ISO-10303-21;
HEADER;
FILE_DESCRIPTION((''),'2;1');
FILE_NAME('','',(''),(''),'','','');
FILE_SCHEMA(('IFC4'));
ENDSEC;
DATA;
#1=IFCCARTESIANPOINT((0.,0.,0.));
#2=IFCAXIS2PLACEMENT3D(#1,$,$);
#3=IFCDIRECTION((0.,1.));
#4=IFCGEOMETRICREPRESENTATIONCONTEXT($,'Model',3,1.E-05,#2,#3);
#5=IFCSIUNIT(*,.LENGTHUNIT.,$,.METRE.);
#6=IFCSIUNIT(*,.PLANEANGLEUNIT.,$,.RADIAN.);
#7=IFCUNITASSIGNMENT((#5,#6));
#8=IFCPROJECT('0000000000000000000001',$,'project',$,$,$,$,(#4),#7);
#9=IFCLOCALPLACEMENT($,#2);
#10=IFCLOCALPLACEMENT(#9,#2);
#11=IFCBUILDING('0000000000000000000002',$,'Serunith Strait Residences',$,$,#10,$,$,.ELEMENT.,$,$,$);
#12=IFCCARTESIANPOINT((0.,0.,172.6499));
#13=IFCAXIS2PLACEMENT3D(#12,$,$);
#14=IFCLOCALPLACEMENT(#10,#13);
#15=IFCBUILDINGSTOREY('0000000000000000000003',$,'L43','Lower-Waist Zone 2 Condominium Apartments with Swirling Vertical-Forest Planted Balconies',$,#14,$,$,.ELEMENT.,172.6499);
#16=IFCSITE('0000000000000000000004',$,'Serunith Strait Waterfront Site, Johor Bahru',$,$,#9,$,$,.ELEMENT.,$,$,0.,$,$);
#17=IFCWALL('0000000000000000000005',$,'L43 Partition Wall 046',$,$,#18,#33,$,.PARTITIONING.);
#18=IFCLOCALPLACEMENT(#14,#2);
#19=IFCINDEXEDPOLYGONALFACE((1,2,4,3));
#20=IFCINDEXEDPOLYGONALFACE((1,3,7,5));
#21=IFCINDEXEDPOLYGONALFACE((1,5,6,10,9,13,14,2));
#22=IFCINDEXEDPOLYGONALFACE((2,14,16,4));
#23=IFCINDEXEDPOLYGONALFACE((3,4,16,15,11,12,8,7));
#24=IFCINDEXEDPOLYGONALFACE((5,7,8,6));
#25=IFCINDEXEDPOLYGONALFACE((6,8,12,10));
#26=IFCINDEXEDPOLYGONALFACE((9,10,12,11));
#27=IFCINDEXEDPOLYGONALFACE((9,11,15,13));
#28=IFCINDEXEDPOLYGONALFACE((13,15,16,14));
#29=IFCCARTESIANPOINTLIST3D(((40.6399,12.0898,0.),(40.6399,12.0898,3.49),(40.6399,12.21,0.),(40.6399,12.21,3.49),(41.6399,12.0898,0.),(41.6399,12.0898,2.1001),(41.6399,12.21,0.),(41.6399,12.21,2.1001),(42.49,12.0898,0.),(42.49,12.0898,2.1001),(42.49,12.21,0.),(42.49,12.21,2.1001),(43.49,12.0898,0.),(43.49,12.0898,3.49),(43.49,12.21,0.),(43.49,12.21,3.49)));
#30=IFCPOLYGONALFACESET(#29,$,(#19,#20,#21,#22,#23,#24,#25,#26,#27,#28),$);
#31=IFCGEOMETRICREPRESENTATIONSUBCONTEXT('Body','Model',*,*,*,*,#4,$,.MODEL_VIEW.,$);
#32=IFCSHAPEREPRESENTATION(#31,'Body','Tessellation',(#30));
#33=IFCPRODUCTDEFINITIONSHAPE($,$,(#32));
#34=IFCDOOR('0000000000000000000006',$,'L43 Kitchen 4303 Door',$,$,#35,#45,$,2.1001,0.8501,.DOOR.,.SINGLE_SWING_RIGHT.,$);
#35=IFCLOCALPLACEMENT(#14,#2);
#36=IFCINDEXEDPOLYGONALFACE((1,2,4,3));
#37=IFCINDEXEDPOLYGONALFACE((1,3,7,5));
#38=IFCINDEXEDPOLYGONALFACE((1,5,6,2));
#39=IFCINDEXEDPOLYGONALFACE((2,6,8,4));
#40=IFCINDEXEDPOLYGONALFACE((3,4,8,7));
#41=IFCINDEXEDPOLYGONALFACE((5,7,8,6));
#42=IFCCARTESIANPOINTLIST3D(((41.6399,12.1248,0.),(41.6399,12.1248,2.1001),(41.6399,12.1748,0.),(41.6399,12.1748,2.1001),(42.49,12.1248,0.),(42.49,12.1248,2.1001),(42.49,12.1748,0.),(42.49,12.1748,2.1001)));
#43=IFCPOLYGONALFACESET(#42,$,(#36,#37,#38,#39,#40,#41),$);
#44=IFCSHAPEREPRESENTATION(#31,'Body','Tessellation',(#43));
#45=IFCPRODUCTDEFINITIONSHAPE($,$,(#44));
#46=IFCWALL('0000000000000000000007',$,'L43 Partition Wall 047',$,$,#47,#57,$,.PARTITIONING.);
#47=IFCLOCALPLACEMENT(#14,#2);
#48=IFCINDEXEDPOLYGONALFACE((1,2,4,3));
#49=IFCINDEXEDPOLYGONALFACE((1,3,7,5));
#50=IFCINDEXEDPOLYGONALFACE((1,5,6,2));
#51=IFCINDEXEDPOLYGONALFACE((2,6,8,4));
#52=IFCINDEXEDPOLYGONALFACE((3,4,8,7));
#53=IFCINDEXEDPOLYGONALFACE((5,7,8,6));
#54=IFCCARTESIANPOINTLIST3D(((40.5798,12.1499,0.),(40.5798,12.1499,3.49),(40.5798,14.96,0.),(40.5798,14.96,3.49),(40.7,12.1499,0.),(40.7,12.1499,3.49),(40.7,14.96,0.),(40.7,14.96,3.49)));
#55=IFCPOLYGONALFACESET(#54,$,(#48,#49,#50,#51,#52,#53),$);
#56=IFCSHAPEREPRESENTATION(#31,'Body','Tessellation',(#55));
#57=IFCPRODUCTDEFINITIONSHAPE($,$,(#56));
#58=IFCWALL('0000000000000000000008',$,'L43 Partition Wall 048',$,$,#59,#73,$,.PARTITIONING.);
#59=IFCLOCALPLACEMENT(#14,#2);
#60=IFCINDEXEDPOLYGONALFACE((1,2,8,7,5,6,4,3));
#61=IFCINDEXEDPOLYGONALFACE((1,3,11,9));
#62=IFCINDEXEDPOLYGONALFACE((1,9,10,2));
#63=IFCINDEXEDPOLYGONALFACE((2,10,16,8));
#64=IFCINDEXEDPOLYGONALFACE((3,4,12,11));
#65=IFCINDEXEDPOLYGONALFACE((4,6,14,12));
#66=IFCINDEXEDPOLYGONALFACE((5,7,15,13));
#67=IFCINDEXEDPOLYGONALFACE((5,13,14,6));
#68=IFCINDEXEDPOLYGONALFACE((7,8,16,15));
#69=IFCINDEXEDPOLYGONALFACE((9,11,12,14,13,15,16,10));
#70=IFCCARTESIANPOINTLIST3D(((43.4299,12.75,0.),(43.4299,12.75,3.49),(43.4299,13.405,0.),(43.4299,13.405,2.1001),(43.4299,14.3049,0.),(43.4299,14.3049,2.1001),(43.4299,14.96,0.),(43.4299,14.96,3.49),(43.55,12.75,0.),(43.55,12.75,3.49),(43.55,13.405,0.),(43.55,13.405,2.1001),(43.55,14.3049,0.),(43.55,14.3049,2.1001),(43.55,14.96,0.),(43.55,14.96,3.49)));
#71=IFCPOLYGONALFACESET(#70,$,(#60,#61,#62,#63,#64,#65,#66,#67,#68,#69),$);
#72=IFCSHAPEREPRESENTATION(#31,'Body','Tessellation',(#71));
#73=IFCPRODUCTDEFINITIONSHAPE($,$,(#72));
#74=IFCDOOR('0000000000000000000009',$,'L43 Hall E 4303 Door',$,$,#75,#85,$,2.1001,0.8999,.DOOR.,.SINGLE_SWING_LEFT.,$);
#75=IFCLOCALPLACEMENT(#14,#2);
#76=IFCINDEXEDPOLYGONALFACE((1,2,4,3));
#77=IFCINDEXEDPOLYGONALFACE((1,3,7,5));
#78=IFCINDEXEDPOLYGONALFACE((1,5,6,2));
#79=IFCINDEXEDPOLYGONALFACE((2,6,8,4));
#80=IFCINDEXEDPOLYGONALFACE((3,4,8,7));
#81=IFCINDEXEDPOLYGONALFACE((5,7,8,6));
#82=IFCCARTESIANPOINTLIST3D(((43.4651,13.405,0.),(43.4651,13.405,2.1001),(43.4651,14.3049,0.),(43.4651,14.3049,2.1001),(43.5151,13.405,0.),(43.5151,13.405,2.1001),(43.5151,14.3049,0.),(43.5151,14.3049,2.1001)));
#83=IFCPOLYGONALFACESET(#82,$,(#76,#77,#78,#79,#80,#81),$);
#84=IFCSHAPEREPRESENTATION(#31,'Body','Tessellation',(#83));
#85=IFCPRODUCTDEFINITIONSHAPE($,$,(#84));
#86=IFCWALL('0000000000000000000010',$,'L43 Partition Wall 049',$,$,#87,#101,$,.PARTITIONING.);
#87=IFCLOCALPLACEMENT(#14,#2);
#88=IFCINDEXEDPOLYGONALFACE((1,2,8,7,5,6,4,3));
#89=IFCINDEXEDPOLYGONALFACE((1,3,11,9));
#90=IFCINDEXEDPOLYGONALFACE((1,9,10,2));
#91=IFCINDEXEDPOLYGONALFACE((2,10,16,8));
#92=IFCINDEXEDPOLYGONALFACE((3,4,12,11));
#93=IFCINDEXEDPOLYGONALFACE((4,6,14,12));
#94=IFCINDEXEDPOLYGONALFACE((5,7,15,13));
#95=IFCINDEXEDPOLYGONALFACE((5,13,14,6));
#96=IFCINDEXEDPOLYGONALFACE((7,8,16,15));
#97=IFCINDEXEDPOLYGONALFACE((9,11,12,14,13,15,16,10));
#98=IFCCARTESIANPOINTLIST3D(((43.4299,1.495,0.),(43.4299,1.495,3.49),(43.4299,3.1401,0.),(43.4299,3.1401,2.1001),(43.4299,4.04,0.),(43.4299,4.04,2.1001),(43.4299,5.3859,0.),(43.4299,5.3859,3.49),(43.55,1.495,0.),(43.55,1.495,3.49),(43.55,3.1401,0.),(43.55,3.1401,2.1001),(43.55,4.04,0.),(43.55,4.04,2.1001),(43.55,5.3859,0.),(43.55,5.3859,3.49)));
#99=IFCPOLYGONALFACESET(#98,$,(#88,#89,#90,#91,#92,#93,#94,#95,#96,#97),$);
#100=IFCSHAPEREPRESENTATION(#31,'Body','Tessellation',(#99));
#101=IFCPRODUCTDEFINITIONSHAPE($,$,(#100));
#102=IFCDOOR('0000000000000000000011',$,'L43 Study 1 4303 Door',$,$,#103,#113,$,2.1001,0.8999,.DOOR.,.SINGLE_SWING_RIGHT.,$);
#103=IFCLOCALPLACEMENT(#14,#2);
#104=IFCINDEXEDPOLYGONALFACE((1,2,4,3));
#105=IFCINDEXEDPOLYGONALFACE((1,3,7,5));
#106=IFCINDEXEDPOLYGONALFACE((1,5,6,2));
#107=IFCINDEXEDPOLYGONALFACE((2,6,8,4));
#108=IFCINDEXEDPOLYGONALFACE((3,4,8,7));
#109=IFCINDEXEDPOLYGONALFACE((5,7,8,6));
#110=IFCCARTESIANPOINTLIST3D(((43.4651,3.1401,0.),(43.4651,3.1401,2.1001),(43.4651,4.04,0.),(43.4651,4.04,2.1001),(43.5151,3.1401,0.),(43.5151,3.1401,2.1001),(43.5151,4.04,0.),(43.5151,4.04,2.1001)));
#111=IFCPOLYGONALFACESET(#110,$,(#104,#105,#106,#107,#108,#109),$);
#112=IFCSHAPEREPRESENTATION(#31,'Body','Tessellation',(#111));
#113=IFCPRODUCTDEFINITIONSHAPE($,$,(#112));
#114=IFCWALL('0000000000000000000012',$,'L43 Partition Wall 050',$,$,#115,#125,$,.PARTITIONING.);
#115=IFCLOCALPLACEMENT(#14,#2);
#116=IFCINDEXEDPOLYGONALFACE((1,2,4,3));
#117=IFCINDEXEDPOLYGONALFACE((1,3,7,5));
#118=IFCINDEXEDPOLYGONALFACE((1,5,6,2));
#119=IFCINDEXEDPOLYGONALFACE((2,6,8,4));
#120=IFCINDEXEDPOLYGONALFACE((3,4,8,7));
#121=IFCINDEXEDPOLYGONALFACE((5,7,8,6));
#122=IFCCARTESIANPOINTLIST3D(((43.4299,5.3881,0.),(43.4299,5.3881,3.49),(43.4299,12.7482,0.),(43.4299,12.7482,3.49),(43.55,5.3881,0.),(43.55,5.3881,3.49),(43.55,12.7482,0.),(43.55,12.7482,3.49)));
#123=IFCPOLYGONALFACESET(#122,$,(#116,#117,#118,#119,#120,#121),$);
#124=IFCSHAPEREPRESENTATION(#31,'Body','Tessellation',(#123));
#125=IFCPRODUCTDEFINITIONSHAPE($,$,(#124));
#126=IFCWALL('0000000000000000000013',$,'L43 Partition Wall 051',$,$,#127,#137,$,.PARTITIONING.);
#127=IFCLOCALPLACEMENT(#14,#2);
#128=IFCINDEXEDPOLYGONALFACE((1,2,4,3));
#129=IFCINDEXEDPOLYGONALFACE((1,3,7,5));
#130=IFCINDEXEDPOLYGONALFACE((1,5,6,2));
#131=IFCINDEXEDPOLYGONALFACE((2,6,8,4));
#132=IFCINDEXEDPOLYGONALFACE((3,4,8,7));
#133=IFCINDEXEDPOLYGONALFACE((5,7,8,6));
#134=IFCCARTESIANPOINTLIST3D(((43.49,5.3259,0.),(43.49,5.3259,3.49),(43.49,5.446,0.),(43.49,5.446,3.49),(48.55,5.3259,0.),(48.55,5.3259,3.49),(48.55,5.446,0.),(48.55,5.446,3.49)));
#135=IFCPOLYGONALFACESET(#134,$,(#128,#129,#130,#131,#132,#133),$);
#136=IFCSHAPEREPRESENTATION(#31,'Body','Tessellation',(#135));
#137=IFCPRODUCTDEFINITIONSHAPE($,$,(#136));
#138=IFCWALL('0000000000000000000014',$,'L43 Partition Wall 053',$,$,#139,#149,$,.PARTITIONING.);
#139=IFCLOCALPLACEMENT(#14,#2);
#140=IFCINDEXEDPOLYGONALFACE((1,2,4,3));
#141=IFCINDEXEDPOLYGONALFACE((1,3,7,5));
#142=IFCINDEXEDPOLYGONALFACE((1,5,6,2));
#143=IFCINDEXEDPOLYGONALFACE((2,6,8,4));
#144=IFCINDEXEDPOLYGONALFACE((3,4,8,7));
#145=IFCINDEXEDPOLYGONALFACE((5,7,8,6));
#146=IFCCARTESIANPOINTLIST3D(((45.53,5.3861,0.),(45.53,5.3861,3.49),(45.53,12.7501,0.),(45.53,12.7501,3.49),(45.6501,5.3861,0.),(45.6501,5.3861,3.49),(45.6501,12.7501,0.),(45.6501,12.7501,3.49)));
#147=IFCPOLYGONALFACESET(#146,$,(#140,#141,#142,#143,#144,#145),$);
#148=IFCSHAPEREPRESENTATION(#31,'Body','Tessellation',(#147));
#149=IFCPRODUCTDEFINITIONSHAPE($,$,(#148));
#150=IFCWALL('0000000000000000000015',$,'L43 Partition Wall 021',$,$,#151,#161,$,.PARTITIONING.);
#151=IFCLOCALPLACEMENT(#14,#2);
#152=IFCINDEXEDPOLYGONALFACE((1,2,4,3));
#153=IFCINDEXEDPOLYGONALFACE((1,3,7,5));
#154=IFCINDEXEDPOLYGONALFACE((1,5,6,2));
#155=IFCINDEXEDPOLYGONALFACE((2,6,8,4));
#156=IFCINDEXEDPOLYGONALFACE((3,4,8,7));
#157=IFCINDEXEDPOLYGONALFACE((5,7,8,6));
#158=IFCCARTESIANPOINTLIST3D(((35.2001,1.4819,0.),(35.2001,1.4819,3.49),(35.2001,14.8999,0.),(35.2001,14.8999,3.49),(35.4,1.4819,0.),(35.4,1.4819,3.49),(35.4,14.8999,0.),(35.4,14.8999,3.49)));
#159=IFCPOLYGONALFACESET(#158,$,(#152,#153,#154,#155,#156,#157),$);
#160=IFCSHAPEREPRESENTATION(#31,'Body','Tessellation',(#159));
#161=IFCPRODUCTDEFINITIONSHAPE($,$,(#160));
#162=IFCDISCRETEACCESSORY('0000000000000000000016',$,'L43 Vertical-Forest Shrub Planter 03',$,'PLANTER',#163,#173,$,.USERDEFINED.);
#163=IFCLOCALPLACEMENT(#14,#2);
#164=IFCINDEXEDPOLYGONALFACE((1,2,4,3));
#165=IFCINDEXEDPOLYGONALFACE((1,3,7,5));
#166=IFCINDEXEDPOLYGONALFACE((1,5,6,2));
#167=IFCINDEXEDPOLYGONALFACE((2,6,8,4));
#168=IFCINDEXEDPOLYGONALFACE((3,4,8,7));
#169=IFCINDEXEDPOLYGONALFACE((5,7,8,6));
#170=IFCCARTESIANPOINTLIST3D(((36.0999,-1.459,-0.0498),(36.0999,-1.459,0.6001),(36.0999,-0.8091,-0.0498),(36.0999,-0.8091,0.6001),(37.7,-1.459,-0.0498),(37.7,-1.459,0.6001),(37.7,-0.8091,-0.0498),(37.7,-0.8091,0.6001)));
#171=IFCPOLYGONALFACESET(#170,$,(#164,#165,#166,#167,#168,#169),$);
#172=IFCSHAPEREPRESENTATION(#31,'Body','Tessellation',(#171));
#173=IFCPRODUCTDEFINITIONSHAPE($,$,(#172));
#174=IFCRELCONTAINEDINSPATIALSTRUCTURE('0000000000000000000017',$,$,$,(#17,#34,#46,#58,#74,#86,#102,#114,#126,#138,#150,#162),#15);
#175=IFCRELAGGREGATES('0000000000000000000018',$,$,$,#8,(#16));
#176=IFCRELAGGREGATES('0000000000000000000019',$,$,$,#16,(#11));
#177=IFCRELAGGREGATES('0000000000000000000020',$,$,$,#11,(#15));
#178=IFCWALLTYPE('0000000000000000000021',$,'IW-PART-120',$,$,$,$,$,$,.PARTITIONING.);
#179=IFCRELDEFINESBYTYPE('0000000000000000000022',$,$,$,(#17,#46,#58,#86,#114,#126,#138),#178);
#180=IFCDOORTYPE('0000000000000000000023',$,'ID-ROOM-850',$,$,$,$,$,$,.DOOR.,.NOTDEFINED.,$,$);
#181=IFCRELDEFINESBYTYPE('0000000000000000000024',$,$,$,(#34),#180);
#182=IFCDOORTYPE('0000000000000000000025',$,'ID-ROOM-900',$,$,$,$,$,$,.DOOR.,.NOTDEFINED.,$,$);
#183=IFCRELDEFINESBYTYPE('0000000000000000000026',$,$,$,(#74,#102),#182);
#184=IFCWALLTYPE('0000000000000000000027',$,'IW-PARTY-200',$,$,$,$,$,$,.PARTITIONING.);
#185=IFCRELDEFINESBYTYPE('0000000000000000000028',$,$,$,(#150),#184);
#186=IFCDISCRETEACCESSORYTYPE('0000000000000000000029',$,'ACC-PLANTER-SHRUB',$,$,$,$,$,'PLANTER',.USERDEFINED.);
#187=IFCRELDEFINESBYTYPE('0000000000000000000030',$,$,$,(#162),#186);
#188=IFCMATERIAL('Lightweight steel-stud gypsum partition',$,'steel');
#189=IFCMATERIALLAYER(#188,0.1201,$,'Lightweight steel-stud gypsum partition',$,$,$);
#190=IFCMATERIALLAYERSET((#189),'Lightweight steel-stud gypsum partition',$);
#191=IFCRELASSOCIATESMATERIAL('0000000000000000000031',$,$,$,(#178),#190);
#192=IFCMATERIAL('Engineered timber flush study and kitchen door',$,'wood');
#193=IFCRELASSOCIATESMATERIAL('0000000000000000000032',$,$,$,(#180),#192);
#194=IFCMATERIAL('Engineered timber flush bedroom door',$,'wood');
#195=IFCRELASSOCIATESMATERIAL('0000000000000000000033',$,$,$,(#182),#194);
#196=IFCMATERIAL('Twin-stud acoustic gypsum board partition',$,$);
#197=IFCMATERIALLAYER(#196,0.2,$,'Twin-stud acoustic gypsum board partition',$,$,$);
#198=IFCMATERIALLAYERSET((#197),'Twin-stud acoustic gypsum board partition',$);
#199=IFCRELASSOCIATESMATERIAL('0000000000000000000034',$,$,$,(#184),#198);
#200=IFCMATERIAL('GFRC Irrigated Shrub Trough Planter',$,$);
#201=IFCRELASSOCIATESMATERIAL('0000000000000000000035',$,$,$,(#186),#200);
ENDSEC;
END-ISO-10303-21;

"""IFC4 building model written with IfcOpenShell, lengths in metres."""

from ifc_helpers import new_model, si_unit, direction, frame, frame_2d, origin, origin_2d, place, context, subcontext, project, spatial, rectangle, extrude, source, transform, mapped, material, layer, layer_set, type_object, element, fill, save


model = new_model("IFC4")

# Units and contexts
model_context = context("Model", 3, precision=1e-05, world=origin(), true_north=direction((0.0, 1.0)))
body_context = subcontext(model_context, "Body", "Model", "MODEL_VIEW")
ifc_project = project(units=[si_unit("LENGTHUNIT", "METRE"), si_unit("PLANEANGLEUNIT", "RADIAN")], contexts=[model_context])

# Site, building, storey
site_placement = place(None, origin())
site = spatial("IfcSite", under=ifc_project, at=site_placement, Name="Serunith Strait Waterfront Site, Johor Bahru", CompositionType="ELEMENT", RefElevation=0.0)
building_placement = place(site_placement, origin())
building = spatial("IfcBuilding", under=site, at=building_placement, Name="Serunith Strait Residences", CompositionType="ELEMENT")
storey_placement = place(building_placement, frame((0.0, 0.0, 172.6499)))
storey = spatial("IfcBuildingStorey", under=building, at=storey_placement, Name="L43", Description="Lower-Waist Zone 2 Condominium Apartments with Swirling Vertical-Forest Planted Balconies", CompositionType="ELEMENT", Elevation=172.6499)

# Wall, opening, door
ifc_material_1 = material(Name="Lightweight steel-stud gypsum partition", Category="steel")
ifc_layer_1 = layer(ifc_material_1, 0.1201, Name="Lightweight steel-stud gypsum partition")
ifc_layer_set_1 = layer_set([ifc_layer_1], Name="Lightweight steel-stud gypsum partition")
wall_type_1 = type_object("IfcWallType", Name="IW-PART-120", PredefinedType="PARTITIONING", material=ifc_layer_set_1)
wall_1_placement = place(storey_placement, frame((40.6399, 12.1499, 0.0), z_axis=(0.0, 0.0, 1.0), x_axis=(1.0, 0.0, 0.0)))
wall_1 = element("IfcWall", 1, at=wall_1_placement, inside=storey, type_object=wall_type_1, Name="L43 Partition Wall 046", PredefinedType="PARTITIONING", context=body_context, shape_type="SweptSolid", body=[
    extrude(rectangle(XDim=2.8501, YDim=0.1201, at=frame_2d((1.425, 0.0))), origin(), (0.0, 0.0, 1.0), 3.49),
])
opening_1_placement = place(wall_1_placement, frame((1.0, 0.0, 0.0)))
opening_1 = element("IfcOpeningElement", 2, at=opening_1_placement, cuts=wall_1, PredefinedType="OPENING", context=body_context, shape_type="SweptSolid", body=[
    extrude(rectangle(XDim=0.8501, YDim=2.1001, at=frame_2d((0.425, 1.05))), frame((0.0, 0.0701, 0.0), z_axis=(0.0, -1.0, 0.0), x_axis=(1.0, 0.0, 0.0)), (0.0, 0.0, 1.0), 0.1401),
])
ifc_material_2 = material(Name="Engineered timber flush study and kitchen door", Category="wood")
door_type_1 = type_object("IfcDoorType", Name="ID-ROOM-850", OperationType="NOTDEFINED", PredefinedType="DOOR", material=ifc_material_2)
shared_shape_1 = source(origin(), body_context, "Body", "SweptSolid", [
    extrude(rectangle(XDim=0.8501, YDim=2.1001, at=frame_2d((0.425, 1.05))), frame((0.0, 0.0249, 0.0), z_axis=(0.0, -1.0, 0.0), x_axis=(1.0, 0.0, 0.0)), (0.0, 0.0, 1.0), 0.05),
])
door_1_placement = place(opening_1_placement, origin())
door_1 = element("IfcDoor", 3, at=door_1_placement, inside=storey, type_object=door_type_1, Name="L43 Kitchen 4303 Door", OperationType="SINGLE_SWING_RIGHT", OverallHeight=2.1001, OverallWidth=0.8501, PredefinedType="DOOR", context=body_context, shape_type="MappedRepresentation", body=[
    mapped(shared_shape_1, transform((0.0, 0.0, 0.0), scale=1.0)),
])
fill(opening_1, door_1)

# Wall
wall_2_placement = place(storey_placement, frame((40.6399, 12.1499, 0.0), z_axis=(0.0, 0.0, 1.0), x_axis=(0.0, 1.0, 0.0)))
element("IfcWall", 4, at=wall_2_placement, inside=storey, type_object=wall_type_1, Name="L43 Partition Wall 047", PredefinedType="PARTITIONING", context=body_context, shape_type="SweptSolid", body=[
    extrude(rectangle(XDim=2.8101, YDim=0.1201, at=frame_2d((1.405, 0.0))), origin(), (0.0, 0.0, 1.0), 3.49),
])

# Walls, openings, doors
wall_3_placement = place(storey_placement, frame((43.49, 12.75, 0.0), z_axis=(0.0, 0.0, 1.0), x_axis=(0.0, 1.0, 0.0)))
wall_3 = element("IfcWall", 5, at=wall_3_placement, inside=storey, type_object=wall_type_1, Name="L43 Partition Wall 048", PredefinedType="PARTITIONING", context=body_context, shape_type="SweptSolid", body=[
    extrude(rectangle(XDim=2.21, YDim=0.1201, at=frame_2d((1.105, 0.0))), origin(), (0.0, 0.0, 1.0), 3.49),
])
opening_2_placement = place(wall_3_placement, frame((0.655, 0.0, 0.0)))
opening_2 = element("IfcOpeningElement", 6, at=opening_2_placement, cuts=wall_3, PredefinedType="OPENING", context=body_context, shape_type="SweptSolid", body=[
    extrude(rectangle(XDim=0.8999, YDim=2.1001, at=frame_2d((0.45, 1.05))), frame((0.0, 0.0701, 0.0), z_axis=(0.0, -1.0, 0.0), x_axis=(1.0, 0.0, 0.0)), (0.0, 0.0, 1.0), 0.1401),
])
ifc_material_3 = material(Name="Engineered timber flush bedroom door", Category="wood")
door_type_2 = type_object("IfcDoorType", Name="ID-ROOM-900", OperationType="NOTDEFINED", PredefinedType="DOOR", material=ifc_material_3)
shared_shape_2 = source(origin(), body_context, "Body", "SweptSolid", [
    extrude(rectangle(XDim=0.8999, YDim=2.1001, at=frame_2d((0.45, 1.05))), frame((0.0, 0.0249, 0.0), z_axis=(0.0, -1.0, 0.0), x_axis=(1.0, 0.0, 0.0)), (0.0, 0.0, 1.0), 0.05),
])
door_2_placement = place(opening_2_placement, origin())
door_2 = element("IfcDoor", 7, at=door_2_placement, inside=storey, type_object=door_type_2, Name="L43 Hall E 4303 Door", OperationType="SINGLE_SWING_LEFT", OverallHeight=2.1001, OverallWidth=0.8999, PredefinedType="DOOR", context=body_context, shape_type="MappedRepresentation", body=[
    mapped(shared_shape_2, transform((0.0, 0.0, 0.0), scale=1.0)),
])
fill(opening_2, door_2)
wall_4_placement = place(storey_placement, frame((43.49, 1.4951, 0.0), z_axis=(0.0, 0.0, 1.0), x_axis=(0.0, 1.0, 0.0)))
wall_4 = element("IfcWall", 8, at=wall_4_placement, inside=storey, type_object=wall_type_1, Name="L43 Partition Wall 049", PredefinedType="PARTITIONING", context=body_context, shape_type="SweptSolid", body=[
    extrude(rectangle(XDim=3.8909, YDim=0.1201, at=frame_2d((1.9453, 0.0))), origin(), (0.0, 0.0, 1.0), 3.49),
])
opening_3_placement = place(wall_4_placement, frame((1.645, 0.0, 0.0)))
opening_3 = element("IfcOpeningElement", 9, at=opening_3_placement, cuts=wall_4, PredefinedType="OPENING", context=body_context, shape_type="SweptSolid", body=[
    extrude(rectangle(XDim=0.8999, YDim=2.1001, at=frame_2d((0.45, 1.05))), frame((0.0, 0.0701, 0.0), z_axis=(0.0, -1.0, 0.0), x_axis=(1.0, 0.0, 0.0)), (0.0, 0.0, 1.0), 0.1401),
])
door_3_placement = place(opening_3_placement, origin())
door_3 = element("IfcDoor", 10, at=door_3_placement, inside=storey, type_object=door_type_2, Name="L43 Study 1 4303 Door", OperationType="SINGLE_SWING_RIGHT", OverallHeight=2.1001, OverallWidth=0.8999, PredefinedType="DOOR", context=body_context, shape_type="MappedRepresentation", body=[
    mapped(shared_shape_2, transform((0.0, 0.0, 0.0), scale=1.0)),
])
fill(opening_3, door_3)

# Walls
wall_5_placement = place(storey_placement, frame((43.49, 5.3879, 0.0), z_axis=(0.0, 0.0, 1.0), x_axis=(0.0, 1.0, 0.0)))
element("IfcWall", 11, at=wall_5_placement, inside=storey, type_object=wall_type_1, Name="L43 Partition Wall 050", PredefinedType="PARTITIONING", context=body_context, shape_type="SweptSolid", body=[
    extrude(rectangle(XDim=7.3601, YDim=0.1201, at=frame_2d((3.6802, 0.0))), origin(), (0.0, 0.0, 1.0), 3.49),
])
wall_6_placement = place(storey_placement, frame((43.49, 5.386, 0.0), z_axis=(0.0, 0.0, 1.0), x_axis=(1.0, 0.0, 0.0)))
element("IfcWall", 12, at=wall_6_placement, inside=storey, type_object=wall_type_1, Name="L43 Partition Wall 051", PredefinedType="PARTITIONING", context=body_context, shape_type="SweptSolid", body=[
    extrude(rectangle(XDim=5.0601, YDim=0.1201, at=frame_2d((2.53, 0.0))), origin(), (0.0, 0.0, 1.0), 3.49),
])
wall_7_placement = place(storey_placement, frame((45.5901, 5.386, 0.0), z_axis=(0.0, 0.0, 1.0), x_axis=(0.0, 1.0, 0.0)))
element("IfcWall", 13, at=wall_7_placement, inside=storey, type_object=wall_type_1, Name="L43 Partition Wall 053", PredefinedType="PARTITIONING", context=body_context, shape_type="SweptSolid", body=[
    extrude(rectangle(XDim=7.364, YDim=0.1201, at=frame_2d((3.6821, 0.0))), origin(), (0.0, 0.0, 1.0), 3.49),
])
ifc_material_4 = material(Name="Twin-stud acoustic gypsum board partition")
ifc_layer_2 = layer(ifc_material_4, 0.2, Name="Twin-stud acoustic gypsum board partition")
ifc_layer_set_2 = layer_set([ifc_layer_2], Name="Twin-stud acoustic gypsum board partition")
wall_type_2 = type_object("IfcWallType", Name="IW-PARTY-200", PredefinedType="PARTITIONING", material=ifc_layer_set_2)
wall_8_placement = place(storey_placement, frame((35.3, 1.4819, 0.0), z_axis=(0.0, 0.0, 1.0), x_axis=(0.0, 1.0, 0.0)))
element("IfcWall", 14, at=wall_8_placement, inside=storey, type_object=wall_type_2, Name="L43 Partition Wall 021", PredefinedType="PARTITIONING", context=body_context, shape_type="SweptSolid", body=[
    extrude(rectangle(XDim=13.418, YDim=0.2, at=frame_2d((6.709, 0.0))), origin(), (0.0, 0.0, 1.0), 3.49),
])

# Discrete accessory
ifc_material_5 = material(Name="GFRC Irrigated Shrub Trough Planter")
discrete_accessory_type = type_object("IfcDiscreteAccessoryType", Name="ACC-PLANTER-SHRUB", ElementType="PLANTER", PredefinedType="USERDEFINED", material=ifc_material_5)
shared_shape_3 = source(origin(), body_context, "Body", "SweptSolid", [
    extrude(rectangle(XDim=1.6001, YDim=0.6499, at=origin_2d()), origin(), (0.0, 0.0, 1.0), 0.6499),
])
discrete_accessory_placement = place(storey_placement, frame((36.8999, -1.134, -0.0498), z_axis=(0.0, 0.0, 1.0), x_axis=(1.0, 0.0, 0.0)))
element("IfcDiscreteAccessory", 15, at=discrete_accessory_placement, inside=storey, type_object=discrete_accessory_type, Name="L43 Vertical-Forest Shrub Planter 03", ObjectType="PLANTER", PredefinedType="USERDEFINED", context=body_context, shape_type="MappedRepresentation", body=[
    mapped(shared_shape_3, transform((0.0, 0.0, 0.0), scale=1.0)),
])

save(model, "model.ifc")
